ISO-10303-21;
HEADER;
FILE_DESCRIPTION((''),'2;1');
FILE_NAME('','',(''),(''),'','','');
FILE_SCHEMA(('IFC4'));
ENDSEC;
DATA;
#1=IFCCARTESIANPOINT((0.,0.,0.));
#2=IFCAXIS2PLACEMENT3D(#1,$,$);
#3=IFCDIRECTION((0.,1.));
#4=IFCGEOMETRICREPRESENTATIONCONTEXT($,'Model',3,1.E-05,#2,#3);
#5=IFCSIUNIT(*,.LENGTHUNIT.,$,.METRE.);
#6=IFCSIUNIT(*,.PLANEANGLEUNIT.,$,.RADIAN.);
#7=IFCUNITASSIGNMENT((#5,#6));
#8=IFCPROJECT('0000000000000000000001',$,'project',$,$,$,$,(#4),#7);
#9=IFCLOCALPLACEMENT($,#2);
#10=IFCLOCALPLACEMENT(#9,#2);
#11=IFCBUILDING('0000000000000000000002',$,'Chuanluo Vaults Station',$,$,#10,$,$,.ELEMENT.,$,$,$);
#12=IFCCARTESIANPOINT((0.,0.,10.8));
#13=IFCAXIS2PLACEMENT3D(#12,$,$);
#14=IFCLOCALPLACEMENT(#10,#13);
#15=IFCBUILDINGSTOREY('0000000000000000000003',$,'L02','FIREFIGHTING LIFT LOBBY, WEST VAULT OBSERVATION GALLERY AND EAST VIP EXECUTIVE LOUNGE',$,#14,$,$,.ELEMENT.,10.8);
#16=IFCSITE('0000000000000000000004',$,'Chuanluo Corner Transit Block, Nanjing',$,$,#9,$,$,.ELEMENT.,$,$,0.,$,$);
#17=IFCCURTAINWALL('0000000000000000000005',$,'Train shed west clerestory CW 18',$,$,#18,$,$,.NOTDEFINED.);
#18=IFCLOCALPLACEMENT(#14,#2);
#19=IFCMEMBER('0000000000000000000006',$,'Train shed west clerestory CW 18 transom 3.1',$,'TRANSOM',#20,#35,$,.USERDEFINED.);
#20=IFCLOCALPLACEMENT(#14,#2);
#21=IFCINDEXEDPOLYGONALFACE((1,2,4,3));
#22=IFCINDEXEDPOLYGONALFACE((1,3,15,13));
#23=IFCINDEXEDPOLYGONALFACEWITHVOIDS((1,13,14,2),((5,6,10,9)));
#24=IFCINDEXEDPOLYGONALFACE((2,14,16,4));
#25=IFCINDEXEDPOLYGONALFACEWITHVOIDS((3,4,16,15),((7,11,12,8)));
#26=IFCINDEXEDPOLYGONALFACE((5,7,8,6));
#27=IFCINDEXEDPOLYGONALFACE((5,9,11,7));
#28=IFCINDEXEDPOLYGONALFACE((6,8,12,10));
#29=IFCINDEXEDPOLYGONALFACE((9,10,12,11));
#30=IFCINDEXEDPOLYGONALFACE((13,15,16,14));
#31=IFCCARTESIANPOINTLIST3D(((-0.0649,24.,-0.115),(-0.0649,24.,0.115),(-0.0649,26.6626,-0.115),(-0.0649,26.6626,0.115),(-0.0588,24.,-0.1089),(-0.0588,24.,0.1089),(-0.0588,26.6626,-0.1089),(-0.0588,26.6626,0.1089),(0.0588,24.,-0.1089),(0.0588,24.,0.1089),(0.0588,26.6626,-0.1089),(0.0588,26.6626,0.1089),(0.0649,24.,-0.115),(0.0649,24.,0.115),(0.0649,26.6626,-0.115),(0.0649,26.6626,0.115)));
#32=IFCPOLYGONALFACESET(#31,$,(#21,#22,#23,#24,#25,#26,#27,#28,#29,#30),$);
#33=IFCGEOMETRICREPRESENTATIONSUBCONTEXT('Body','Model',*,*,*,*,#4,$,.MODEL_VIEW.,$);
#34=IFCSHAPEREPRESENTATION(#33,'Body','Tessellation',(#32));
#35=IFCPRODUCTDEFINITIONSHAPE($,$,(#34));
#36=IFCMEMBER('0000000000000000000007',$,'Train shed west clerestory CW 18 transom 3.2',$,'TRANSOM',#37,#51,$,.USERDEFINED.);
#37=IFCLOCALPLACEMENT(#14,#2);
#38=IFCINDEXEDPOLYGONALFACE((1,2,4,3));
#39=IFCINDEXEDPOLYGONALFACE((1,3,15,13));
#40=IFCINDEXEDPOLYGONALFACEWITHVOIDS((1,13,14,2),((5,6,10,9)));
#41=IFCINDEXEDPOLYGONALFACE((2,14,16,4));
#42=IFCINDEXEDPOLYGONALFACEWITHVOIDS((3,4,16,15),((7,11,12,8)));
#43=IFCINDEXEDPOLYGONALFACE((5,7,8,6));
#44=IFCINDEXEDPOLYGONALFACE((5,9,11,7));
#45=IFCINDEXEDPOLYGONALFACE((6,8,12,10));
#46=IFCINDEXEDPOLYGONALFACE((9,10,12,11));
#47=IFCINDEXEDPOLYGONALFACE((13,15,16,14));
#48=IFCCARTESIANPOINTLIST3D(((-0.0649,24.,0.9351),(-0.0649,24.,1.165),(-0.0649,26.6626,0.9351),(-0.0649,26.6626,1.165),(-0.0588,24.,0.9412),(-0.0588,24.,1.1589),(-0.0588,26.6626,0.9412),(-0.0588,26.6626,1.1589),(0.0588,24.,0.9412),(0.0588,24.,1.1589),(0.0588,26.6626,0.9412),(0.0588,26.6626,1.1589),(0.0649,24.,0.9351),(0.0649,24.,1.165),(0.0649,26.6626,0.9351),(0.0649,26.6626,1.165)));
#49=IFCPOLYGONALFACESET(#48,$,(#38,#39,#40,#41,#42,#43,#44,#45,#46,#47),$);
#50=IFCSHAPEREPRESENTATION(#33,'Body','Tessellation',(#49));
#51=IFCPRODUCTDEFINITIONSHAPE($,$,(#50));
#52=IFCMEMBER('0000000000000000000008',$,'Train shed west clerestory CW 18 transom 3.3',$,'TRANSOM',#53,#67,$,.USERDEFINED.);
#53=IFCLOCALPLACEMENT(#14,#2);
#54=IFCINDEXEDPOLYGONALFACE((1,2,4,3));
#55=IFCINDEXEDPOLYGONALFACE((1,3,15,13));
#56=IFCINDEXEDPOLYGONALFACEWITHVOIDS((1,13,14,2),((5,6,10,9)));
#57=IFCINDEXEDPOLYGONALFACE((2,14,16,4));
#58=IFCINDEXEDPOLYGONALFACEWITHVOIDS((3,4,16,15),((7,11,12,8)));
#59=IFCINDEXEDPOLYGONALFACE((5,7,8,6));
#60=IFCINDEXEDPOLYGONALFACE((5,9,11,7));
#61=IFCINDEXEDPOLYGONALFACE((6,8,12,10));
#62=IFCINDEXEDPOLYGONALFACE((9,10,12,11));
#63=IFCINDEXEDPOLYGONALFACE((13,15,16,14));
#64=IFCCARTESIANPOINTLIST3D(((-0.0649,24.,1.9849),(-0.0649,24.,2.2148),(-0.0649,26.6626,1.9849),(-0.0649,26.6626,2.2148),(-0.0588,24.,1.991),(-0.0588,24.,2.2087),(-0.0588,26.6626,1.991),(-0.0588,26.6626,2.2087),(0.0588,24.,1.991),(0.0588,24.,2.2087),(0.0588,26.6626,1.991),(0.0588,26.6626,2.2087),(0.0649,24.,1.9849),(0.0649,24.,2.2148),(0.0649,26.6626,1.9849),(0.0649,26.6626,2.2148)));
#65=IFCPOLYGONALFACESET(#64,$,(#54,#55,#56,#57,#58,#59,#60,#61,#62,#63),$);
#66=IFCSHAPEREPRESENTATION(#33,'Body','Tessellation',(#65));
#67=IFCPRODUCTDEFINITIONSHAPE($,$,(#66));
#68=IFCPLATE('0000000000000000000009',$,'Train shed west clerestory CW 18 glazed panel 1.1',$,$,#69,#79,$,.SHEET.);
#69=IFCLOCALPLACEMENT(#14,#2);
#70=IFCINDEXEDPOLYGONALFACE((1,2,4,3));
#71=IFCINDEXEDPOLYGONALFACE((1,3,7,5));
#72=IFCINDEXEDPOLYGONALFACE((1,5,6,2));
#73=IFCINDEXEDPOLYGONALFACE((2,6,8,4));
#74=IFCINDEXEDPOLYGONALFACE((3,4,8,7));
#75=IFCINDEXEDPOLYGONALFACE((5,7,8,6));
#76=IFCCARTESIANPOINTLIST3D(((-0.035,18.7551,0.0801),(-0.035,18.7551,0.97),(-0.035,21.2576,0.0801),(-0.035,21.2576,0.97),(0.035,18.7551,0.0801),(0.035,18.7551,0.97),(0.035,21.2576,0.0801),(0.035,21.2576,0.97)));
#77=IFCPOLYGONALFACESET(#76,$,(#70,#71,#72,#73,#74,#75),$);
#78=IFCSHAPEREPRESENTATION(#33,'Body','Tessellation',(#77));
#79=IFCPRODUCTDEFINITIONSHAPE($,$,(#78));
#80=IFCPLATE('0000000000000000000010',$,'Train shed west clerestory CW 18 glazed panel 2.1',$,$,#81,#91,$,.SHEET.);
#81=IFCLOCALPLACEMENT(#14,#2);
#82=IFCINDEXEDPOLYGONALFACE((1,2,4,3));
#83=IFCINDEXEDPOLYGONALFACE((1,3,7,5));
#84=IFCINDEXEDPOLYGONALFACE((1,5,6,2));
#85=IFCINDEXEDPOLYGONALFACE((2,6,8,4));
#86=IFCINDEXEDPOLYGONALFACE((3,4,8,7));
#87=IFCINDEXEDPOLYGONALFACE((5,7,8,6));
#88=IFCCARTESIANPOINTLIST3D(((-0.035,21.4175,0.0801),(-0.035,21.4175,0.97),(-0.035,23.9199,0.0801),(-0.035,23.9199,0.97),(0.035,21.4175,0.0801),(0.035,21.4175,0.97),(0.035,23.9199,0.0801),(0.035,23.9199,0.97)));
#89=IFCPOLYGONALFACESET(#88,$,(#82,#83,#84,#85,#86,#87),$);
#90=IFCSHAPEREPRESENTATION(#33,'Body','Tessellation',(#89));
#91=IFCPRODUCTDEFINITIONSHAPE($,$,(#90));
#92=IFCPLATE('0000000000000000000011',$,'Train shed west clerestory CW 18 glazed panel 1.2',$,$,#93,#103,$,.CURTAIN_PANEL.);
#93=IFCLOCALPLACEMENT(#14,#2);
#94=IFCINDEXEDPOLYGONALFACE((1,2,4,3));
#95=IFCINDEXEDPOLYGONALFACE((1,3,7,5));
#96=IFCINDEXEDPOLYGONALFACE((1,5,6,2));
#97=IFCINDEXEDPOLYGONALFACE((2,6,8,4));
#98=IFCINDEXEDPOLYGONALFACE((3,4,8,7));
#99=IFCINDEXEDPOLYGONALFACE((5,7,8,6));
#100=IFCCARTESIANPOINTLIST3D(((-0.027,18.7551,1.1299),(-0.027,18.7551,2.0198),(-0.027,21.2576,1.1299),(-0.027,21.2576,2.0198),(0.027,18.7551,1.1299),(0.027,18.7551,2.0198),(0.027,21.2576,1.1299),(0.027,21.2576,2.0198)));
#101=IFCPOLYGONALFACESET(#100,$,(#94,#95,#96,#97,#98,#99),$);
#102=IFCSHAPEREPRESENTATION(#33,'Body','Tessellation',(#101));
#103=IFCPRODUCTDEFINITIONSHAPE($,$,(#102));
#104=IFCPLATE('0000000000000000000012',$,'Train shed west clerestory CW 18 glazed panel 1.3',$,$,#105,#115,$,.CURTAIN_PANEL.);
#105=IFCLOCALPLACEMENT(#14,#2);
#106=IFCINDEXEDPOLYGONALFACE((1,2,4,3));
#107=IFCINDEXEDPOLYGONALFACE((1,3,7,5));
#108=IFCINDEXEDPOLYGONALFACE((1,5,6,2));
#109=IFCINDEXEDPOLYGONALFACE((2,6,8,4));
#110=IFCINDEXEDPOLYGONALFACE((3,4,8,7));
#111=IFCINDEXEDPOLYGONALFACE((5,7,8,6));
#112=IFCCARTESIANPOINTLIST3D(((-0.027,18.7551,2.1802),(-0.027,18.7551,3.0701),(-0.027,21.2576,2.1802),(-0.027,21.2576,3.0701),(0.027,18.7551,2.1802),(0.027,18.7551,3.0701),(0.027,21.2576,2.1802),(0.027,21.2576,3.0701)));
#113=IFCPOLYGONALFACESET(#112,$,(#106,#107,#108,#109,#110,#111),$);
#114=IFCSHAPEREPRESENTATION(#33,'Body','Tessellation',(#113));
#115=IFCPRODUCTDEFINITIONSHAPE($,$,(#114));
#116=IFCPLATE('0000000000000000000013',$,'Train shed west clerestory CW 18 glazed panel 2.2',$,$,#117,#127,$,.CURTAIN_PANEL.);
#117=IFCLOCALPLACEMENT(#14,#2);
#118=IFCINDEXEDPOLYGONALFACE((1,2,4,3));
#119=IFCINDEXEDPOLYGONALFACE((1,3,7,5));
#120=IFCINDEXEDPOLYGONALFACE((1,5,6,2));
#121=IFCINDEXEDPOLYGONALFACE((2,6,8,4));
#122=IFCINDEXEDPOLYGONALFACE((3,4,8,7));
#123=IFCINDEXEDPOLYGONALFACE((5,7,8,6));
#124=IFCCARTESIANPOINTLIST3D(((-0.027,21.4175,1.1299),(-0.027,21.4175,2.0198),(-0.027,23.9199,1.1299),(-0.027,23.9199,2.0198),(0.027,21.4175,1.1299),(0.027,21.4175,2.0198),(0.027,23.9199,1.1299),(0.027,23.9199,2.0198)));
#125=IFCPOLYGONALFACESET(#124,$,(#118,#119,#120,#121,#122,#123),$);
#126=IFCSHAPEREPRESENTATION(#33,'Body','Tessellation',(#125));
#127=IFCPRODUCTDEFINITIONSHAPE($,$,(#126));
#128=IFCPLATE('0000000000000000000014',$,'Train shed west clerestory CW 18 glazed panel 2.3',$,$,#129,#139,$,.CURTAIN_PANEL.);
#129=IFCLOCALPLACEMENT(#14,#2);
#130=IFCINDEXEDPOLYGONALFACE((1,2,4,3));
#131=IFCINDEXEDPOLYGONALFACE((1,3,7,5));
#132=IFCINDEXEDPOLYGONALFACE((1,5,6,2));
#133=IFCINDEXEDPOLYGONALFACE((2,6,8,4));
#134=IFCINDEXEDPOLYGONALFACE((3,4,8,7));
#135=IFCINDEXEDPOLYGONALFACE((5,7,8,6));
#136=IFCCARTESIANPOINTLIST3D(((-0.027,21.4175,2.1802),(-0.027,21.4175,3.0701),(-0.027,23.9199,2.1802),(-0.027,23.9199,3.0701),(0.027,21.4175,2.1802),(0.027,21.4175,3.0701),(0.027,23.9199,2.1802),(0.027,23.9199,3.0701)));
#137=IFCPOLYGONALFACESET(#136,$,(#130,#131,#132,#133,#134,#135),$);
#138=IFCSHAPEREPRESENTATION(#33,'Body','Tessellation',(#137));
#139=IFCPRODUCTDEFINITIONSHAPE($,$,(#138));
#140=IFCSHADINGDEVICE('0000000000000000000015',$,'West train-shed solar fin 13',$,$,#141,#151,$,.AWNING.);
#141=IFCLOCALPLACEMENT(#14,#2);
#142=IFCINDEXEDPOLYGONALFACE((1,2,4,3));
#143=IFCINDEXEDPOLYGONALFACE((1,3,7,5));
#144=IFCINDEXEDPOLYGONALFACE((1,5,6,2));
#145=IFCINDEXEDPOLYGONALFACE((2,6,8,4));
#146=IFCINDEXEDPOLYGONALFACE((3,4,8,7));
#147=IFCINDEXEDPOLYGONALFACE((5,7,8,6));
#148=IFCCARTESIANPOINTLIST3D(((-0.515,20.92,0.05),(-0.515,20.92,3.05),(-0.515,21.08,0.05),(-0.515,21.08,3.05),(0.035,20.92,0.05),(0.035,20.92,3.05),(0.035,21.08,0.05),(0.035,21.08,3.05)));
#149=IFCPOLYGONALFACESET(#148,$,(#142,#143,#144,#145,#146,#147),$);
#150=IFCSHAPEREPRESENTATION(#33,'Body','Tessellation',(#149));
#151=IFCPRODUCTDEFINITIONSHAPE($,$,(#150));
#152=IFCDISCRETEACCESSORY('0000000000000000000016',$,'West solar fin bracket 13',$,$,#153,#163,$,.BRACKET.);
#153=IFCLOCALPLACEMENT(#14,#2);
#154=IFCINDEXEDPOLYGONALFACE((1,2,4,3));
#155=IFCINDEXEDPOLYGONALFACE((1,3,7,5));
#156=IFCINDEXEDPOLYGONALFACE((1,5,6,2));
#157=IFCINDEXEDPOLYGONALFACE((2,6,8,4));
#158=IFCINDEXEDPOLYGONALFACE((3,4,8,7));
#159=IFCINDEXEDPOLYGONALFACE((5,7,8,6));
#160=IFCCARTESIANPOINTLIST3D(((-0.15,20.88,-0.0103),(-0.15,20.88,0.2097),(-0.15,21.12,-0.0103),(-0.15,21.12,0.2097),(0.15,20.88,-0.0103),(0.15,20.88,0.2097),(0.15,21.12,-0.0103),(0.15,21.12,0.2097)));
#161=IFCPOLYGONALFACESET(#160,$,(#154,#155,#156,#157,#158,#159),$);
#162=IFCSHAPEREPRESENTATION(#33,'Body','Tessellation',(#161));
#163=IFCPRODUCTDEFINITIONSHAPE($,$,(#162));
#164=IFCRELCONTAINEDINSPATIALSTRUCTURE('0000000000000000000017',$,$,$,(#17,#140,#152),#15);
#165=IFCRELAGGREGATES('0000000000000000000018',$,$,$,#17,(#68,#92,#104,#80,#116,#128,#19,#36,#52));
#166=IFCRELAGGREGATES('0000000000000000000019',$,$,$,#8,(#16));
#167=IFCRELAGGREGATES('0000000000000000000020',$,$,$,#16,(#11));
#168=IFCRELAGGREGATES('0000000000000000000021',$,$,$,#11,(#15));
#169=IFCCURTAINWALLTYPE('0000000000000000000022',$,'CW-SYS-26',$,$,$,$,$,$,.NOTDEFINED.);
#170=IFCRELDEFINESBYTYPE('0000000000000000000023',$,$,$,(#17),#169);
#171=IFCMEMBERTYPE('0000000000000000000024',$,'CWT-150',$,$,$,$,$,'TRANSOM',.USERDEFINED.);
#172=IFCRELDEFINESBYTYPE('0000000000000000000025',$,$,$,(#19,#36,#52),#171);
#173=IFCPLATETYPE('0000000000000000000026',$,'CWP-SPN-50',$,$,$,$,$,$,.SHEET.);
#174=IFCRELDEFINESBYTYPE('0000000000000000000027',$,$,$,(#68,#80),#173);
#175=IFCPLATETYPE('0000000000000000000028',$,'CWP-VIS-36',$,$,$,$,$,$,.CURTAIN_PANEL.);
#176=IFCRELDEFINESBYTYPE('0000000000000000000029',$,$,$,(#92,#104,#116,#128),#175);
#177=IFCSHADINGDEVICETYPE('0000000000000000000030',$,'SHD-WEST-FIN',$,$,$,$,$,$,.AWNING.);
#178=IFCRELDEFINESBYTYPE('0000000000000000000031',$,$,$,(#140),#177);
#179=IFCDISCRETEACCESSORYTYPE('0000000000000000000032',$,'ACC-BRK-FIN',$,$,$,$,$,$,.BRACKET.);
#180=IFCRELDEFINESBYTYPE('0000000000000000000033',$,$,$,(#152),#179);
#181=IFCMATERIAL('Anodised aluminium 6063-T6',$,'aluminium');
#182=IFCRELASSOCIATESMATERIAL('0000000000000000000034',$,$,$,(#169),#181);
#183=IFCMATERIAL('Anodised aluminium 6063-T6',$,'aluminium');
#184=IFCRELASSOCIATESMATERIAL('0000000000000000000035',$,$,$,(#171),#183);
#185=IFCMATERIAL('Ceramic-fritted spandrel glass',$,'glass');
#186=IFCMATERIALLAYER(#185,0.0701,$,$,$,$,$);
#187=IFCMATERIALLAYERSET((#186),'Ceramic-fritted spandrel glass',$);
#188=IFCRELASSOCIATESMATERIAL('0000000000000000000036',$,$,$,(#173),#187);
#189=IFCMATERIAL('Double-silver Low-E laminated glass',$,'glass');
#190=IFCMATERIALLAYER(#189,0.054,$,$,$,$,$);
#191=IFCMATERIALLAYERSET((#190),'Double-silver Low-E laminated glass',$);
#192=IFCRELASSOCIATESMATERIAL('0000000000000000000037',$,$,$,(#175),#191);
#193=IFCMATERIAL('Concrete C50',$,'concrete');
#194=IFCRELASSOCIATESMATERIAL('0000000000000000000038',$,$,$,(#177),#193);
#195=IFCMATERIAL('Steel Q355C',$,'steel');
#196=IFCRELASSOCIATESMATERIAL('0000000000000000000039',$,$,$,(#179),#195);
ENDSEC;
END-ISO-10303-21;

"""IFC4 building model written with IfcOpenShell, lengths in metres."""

from ifc_helpers import new_model, si_unit, direction, frame, origin, origin_2d, place, context, subcontext, project, spatial, rectangle, hollow_rectangle, extrude, material, layer, layer_set, material_profile, profile_set, type_object, element, aggregate, save


model = new_model("IFC4")

# Units and contexts
model_context = context("Model", 3, precision=1e-05, world=origin(), true_north=direction((0.0, 1.0)))
body_context = subcontext(model_context, "Body", "Model", "MODEL_VIEW")
ifc_project = project(units=[si_unit("LENGTHUNIT", "METRE"), si_unit("PLANEANGLEUNIT", "RADIAN")], contexts=[model_context])

# Site, building, storey
site_placement = place(None, origin())
site = spatial("IfcSite", under=ifc_project, at=site_placement, Name="Chuanluo Corner Transit Block, Nanjing", CompositionType="ELEMENT", RefElevation=0.0)
building_placement = place(site_placement, origin())
building = spatial("IfcBuilding", under=site, at=building_placement, Name="Chuanluo Vaults Station", CompositionType="ELEMENT")
storey_placement = place(building_placement, frame((0.0, 0.0, 10.8)))
storey = spatial("IfcBuildingStorey", under=building, at=storey_placement, Name="L02", Description="FIREFIGHTING LIFT LOBBY, WEST VAULT OBSERVATION GALLERY AND EAST VIP EXECUTIVE LOUNGE", CompositionType="ELEMENT", Elevation=10.8)

# Curtain wall, members, plates
ifc_material_1 = material(Name="Anodised aluminium 6063-T6", Category="aluminium")
curtain_wall_type = type_object("IfcCurtainWallType", Name="CW-SYS-26", PredefinedType="NOTDEFINED", material=ifc_material_1)
curtain_wall_placement = place(storey_placement, origin())
curtain_wall = element("IfcCurtainWall", 1, at=curtain_wall_placement, inside=storey, type_object=curtain_wall_type, Name="Train shed west clerestory CW 18", PredefinedType="NOTDEFINED")
ifc_material_2 = material(Name="Anodised aluminium 6063-T6", Category="aluminium")
ifc_material_profile_1 = material_profile(ifc_material_2, hollow_rectangle(XDim=0.1299, YDim=0.23, WallThickness=0.0061, at=origin_2d()))
ifc_profile_set_1 = profile_set([ifc_material_profile_1], Name="Anodised aluminium 6063-T6")
member_type_1 = type_object("IfcMemberType", Name="CWT-150", ElementType="TRANSOM", PredefinedType="USERDEFINED", material=ifc_profile_set_1)
member_1_placement = place(storey_placement, frame((0.0, 24.0, 0.0), z_axis=(0.0, 1.0, 0.0), x_axis=(-1.0, 0.0, 0.0)))
member_1 = element("IfcMember", 2, at=member_1_placement, type_object=member_type_1, Name="Train shed west clerestory CW 18 transom 3.1", ObjectType="TRANSOM", PredefinedType="USERDEFINED", context=body_context, shape_type="SweptSolid", body=[
    extrude(hollow_rectangle(XDim=0.1299, YDim=0.23, WallThickness=0.0061, at=origin_2d()), origin(), (0.0, 0.0, 1.0), 2.6626),
])
member_2_placement = place(storey_placement, frame((0.0, 24.0, 1.05), z_axis=(0.0, 1.0, 0.0), x_axis=(-1.0, 0.0, 0.0)))
member_2 = element("IfcMember", 3, at=member_2_placement, type_object=member_type_1, Name="Train shed west clerestory CW 18 transom 3.2", ObjectType="TRANSOM", PredefinedType="USERDEFINED", context=body_context, shape_type="SweptSolid", body=[
    extrude(hollow_rectangle(XDim=0.1299, YDim=0.23, WallThickness=0.0061, at=origin_2d()), origin(), (0.0, 0.0, 1.0), 2.6626),
])
member_3_placement = place(storey_placement, frame((0.0, 24.0, 2.0999), z_axis=(0.0, 1.0, 0.0), x_axis=(-1.0, 0.0, 0.0)))
member_3 = element("IfcMember", 4, at=member_3_placement, type_object=member_type_1, Name="Train shed west clerestory CW 18 transom 3.3", ObjectType="TRANSOM", PredefinedType="USERDEFINED", context=body_context, shape_type="SweptSolid", body=[
    extrude(hollow_rectangle(XDim=0.1299, YDim=0.23, WallThickness=0.0061, at=origin_2d()), origin(), (0.0, 0.0, 1.0), 2.6626),
])
ifc_material_3 = material(Name="Ceramic-fritted spandrel glass", Category="glass")
ifc_layer_1 = layer(ifc_material_3, 0.0701)
ifc_layer_set_1 = layer_set([ifc_layer_1], Name="Ceramic-fritted spandrel glass")
plate_type_1 = type_object("IfcPlateType", Name="CWP-SPN-50", PredefinedType="SHEET", material=ifc_layer_set_1)
plate_1_placement = place(storey_placement, frame((0.0, 20.0063, 0.0801), z_axis=(0.0, 0.0, 1.0), x_axis=(0.0, 1.0, 0.0)))
plate_1 = element("IfcPlate", 5, at=plate_1_placement, type_object=plate_type_1, Name="Train shed west clerestory CW 18 glazed panel 1.1", PredefinedType="SHEET", context=body_context, shape_type="SweptSolid", body=[
    extrude(rectangle(XDim=2.5024, YDim=0.0701, at=origin_2d()), origin(), (0.0, 0.0, 1.0), 0.8899),
])
plate_2_placement = place(storey_placement, frame((0.0, 22.6687, 0.0801), z_axis=(0.0, 0.0, 1.0), x_axis=(0.0, 1.0, 0.0)))
plate_2 = element("IfcPlate", 6, at=plate_2_placement, type_object=plate_type_1, Name="Train shed west clerestory CW 18 glazed panel 2.1", PredefinedType="SHEET", context=body_context, shape_type="SweptSolid", body=[
    extrude(rectangle(XDim=2.5024, YDim=0.0701, at=origin_2d()), origin(), (0.0, 0.0, 1.0), 0.8899),
])
ifc_material_4 = material(Name="Double-silver Low-E laminated glass", Category="glass")
ifc_layer_2 = layer(ifc_material_4, 0.054)
ifc_layer_set_2 = layer_set([ifc_layer_2], Name="Double-silver Low-E laminated glass")
plate_type_2 = type_object("IfcPlateType", Name="CWP-VIS-36", PredefinedType="CURTAIN_PANEL", material=ifc_layer_set_2)
plate_3_placement = place(storey_placement, frame((0.0, 20.0063, 1.1299), z_axis=(0.0, 0.0, 1.0), x_axis=(0.0, 1.0, 0.0)))
plate_3 = element("IfcPlate", 7, at=plate_3_placement, type_object=plate_type_2, Name="Train shed west clerestory CW 18 glazed panel 1.2", PredefinedType="CURTAIN_PANEL", context=body_context, shape_type="SweptSolid", body=[
    extrude(rectangle(XDim=2.5024, YDim=0.054, at=origin_2d()), origin(), (0.0, 0.0, 1.0), 0.8899),
])
plate_4_placement = place(storey_placement, frame((0.0, 20.0063, 2.1802), z_axis=(0.0, 0.0, 1.0), x_axis=(0.0, 1.0, 0.0)))
plate_4 = element("IfcPlate", 8, at=plate_4_placement, type_object=plate_type_2, Name="Train shed west clerestory CW 18 glazed panel 1.3", PredefinedType="CURTAIN_PANEL", context=body_context, shape_type="SweptSolid", body=[
    extrude(rectangle(XDim=2.5024, YDim=0.054, at=origin_2d()), origin(), (0.0, 0.0, 1.0), 0.8899),
])
plate_5_placement = place(storey_placement, frame((0.0, 22.6687, 1.1299), z_axis=(0.0, 0.0, 1.0), x_axis=(0.0, 1.0, 0.0)))
plate_5 = element("IfcPlate", 9, at=plate_5_placement, type_object=plate_type_2, Name="Train shed west clerestory CW 18 glazed panel 2.2", PredefinedType="CURTAIN_PANEL", context=body_context, shape_type="SweptSolid", body=[
    extrude(rectangle(XDim=2.5024, YDim=0.054, at=origin_2d()), origin(), (0.0, 0.0, 1.0), 0.8899),
])
plate_6_placement = place(storey_placement, frame((0.0, 22.6687, 2.1802), z_axis=(0.0, 0.0, 1.0), x_axis=(0.0, 1.0, 0.0)))
plate_6 = element("IfcPlate", 10, at=plate_6_placement, type_object=plate_type_2, Name="Train shed west clerestory CW 18 glazed panel 2.3", PredefinedType="CURTAIN_PANEL", context=body_context, shape_type="SweptSolid", body=[
    extrude(rectangle(XDim=2.5024, YDim=0.054, at=origin_2d()), origin(), (0.0, 0.0, 1.0), 0.8899),
])
aggregate(curtain_wall, [plate_1, plate_3, plate_4, plate_2, plate_5, plate_6, member_1, member_2, member_3])

# Shading device
ifc_material_5 = material(Name="Concrete C50", Category="concrete")
shading_device_type = type_object("IfcShadingDeviceType", Name="SHD-WEST-FIN", PredefinedType="AWNING", material=ifc_material_5)
shading_device_placement = place(storey_placement, frame((-0.24, 21.0, 0.05), z_axis=(0.0, 0.0, 1.0), x_axis=(1.0, 0.0, 0.0)))
element("IfcShadingDevice", 11, at=shading_device_placement, inside=storey, type_object=shading_device_type, Name="West train-shed solar fin 13", PredefinedType="AWNING", context=body_context, shape_type="SweptSolid", body=[
    extrude(rectangle(XDim=0.55, YDim=0.1599, at=origin_2d()), origin(), (0.0, 0.0, 1.0), 3.0),
])

# Discrete accessory
ifc_material_6 = material(Name="Steel Q355C", Category="steel")
discrete_accessory_type = type_object("IfcDiscreteAccessoryType", Name="ACC-BRK-FIN", PredefinedType="BRACKET", material=ifc_material_6)
discrete_accessory_placement = place(storey_placement, frame((0.0, 21.0, -0.0103), z_axis=(0.0, 0.0, 1.0), x_axis=(1.0, 0.0, 0.0)))
element("IfcDiscreteAccessory", 12, at=discrete_accessory_placement, inside=storey, type_object=discrete_accessory_type, Name="West solar fin bracket 13", PredefinedType="BRACKET", context=body_context, shape_type="SweptSolid", body=[
    extrude(rectangle(XDim=0.3, YDim=0.24, at=origin_2d()), origin(), (0.0, 0.0, 1.0), 0.22),
])

save(model, "model.ifc")
